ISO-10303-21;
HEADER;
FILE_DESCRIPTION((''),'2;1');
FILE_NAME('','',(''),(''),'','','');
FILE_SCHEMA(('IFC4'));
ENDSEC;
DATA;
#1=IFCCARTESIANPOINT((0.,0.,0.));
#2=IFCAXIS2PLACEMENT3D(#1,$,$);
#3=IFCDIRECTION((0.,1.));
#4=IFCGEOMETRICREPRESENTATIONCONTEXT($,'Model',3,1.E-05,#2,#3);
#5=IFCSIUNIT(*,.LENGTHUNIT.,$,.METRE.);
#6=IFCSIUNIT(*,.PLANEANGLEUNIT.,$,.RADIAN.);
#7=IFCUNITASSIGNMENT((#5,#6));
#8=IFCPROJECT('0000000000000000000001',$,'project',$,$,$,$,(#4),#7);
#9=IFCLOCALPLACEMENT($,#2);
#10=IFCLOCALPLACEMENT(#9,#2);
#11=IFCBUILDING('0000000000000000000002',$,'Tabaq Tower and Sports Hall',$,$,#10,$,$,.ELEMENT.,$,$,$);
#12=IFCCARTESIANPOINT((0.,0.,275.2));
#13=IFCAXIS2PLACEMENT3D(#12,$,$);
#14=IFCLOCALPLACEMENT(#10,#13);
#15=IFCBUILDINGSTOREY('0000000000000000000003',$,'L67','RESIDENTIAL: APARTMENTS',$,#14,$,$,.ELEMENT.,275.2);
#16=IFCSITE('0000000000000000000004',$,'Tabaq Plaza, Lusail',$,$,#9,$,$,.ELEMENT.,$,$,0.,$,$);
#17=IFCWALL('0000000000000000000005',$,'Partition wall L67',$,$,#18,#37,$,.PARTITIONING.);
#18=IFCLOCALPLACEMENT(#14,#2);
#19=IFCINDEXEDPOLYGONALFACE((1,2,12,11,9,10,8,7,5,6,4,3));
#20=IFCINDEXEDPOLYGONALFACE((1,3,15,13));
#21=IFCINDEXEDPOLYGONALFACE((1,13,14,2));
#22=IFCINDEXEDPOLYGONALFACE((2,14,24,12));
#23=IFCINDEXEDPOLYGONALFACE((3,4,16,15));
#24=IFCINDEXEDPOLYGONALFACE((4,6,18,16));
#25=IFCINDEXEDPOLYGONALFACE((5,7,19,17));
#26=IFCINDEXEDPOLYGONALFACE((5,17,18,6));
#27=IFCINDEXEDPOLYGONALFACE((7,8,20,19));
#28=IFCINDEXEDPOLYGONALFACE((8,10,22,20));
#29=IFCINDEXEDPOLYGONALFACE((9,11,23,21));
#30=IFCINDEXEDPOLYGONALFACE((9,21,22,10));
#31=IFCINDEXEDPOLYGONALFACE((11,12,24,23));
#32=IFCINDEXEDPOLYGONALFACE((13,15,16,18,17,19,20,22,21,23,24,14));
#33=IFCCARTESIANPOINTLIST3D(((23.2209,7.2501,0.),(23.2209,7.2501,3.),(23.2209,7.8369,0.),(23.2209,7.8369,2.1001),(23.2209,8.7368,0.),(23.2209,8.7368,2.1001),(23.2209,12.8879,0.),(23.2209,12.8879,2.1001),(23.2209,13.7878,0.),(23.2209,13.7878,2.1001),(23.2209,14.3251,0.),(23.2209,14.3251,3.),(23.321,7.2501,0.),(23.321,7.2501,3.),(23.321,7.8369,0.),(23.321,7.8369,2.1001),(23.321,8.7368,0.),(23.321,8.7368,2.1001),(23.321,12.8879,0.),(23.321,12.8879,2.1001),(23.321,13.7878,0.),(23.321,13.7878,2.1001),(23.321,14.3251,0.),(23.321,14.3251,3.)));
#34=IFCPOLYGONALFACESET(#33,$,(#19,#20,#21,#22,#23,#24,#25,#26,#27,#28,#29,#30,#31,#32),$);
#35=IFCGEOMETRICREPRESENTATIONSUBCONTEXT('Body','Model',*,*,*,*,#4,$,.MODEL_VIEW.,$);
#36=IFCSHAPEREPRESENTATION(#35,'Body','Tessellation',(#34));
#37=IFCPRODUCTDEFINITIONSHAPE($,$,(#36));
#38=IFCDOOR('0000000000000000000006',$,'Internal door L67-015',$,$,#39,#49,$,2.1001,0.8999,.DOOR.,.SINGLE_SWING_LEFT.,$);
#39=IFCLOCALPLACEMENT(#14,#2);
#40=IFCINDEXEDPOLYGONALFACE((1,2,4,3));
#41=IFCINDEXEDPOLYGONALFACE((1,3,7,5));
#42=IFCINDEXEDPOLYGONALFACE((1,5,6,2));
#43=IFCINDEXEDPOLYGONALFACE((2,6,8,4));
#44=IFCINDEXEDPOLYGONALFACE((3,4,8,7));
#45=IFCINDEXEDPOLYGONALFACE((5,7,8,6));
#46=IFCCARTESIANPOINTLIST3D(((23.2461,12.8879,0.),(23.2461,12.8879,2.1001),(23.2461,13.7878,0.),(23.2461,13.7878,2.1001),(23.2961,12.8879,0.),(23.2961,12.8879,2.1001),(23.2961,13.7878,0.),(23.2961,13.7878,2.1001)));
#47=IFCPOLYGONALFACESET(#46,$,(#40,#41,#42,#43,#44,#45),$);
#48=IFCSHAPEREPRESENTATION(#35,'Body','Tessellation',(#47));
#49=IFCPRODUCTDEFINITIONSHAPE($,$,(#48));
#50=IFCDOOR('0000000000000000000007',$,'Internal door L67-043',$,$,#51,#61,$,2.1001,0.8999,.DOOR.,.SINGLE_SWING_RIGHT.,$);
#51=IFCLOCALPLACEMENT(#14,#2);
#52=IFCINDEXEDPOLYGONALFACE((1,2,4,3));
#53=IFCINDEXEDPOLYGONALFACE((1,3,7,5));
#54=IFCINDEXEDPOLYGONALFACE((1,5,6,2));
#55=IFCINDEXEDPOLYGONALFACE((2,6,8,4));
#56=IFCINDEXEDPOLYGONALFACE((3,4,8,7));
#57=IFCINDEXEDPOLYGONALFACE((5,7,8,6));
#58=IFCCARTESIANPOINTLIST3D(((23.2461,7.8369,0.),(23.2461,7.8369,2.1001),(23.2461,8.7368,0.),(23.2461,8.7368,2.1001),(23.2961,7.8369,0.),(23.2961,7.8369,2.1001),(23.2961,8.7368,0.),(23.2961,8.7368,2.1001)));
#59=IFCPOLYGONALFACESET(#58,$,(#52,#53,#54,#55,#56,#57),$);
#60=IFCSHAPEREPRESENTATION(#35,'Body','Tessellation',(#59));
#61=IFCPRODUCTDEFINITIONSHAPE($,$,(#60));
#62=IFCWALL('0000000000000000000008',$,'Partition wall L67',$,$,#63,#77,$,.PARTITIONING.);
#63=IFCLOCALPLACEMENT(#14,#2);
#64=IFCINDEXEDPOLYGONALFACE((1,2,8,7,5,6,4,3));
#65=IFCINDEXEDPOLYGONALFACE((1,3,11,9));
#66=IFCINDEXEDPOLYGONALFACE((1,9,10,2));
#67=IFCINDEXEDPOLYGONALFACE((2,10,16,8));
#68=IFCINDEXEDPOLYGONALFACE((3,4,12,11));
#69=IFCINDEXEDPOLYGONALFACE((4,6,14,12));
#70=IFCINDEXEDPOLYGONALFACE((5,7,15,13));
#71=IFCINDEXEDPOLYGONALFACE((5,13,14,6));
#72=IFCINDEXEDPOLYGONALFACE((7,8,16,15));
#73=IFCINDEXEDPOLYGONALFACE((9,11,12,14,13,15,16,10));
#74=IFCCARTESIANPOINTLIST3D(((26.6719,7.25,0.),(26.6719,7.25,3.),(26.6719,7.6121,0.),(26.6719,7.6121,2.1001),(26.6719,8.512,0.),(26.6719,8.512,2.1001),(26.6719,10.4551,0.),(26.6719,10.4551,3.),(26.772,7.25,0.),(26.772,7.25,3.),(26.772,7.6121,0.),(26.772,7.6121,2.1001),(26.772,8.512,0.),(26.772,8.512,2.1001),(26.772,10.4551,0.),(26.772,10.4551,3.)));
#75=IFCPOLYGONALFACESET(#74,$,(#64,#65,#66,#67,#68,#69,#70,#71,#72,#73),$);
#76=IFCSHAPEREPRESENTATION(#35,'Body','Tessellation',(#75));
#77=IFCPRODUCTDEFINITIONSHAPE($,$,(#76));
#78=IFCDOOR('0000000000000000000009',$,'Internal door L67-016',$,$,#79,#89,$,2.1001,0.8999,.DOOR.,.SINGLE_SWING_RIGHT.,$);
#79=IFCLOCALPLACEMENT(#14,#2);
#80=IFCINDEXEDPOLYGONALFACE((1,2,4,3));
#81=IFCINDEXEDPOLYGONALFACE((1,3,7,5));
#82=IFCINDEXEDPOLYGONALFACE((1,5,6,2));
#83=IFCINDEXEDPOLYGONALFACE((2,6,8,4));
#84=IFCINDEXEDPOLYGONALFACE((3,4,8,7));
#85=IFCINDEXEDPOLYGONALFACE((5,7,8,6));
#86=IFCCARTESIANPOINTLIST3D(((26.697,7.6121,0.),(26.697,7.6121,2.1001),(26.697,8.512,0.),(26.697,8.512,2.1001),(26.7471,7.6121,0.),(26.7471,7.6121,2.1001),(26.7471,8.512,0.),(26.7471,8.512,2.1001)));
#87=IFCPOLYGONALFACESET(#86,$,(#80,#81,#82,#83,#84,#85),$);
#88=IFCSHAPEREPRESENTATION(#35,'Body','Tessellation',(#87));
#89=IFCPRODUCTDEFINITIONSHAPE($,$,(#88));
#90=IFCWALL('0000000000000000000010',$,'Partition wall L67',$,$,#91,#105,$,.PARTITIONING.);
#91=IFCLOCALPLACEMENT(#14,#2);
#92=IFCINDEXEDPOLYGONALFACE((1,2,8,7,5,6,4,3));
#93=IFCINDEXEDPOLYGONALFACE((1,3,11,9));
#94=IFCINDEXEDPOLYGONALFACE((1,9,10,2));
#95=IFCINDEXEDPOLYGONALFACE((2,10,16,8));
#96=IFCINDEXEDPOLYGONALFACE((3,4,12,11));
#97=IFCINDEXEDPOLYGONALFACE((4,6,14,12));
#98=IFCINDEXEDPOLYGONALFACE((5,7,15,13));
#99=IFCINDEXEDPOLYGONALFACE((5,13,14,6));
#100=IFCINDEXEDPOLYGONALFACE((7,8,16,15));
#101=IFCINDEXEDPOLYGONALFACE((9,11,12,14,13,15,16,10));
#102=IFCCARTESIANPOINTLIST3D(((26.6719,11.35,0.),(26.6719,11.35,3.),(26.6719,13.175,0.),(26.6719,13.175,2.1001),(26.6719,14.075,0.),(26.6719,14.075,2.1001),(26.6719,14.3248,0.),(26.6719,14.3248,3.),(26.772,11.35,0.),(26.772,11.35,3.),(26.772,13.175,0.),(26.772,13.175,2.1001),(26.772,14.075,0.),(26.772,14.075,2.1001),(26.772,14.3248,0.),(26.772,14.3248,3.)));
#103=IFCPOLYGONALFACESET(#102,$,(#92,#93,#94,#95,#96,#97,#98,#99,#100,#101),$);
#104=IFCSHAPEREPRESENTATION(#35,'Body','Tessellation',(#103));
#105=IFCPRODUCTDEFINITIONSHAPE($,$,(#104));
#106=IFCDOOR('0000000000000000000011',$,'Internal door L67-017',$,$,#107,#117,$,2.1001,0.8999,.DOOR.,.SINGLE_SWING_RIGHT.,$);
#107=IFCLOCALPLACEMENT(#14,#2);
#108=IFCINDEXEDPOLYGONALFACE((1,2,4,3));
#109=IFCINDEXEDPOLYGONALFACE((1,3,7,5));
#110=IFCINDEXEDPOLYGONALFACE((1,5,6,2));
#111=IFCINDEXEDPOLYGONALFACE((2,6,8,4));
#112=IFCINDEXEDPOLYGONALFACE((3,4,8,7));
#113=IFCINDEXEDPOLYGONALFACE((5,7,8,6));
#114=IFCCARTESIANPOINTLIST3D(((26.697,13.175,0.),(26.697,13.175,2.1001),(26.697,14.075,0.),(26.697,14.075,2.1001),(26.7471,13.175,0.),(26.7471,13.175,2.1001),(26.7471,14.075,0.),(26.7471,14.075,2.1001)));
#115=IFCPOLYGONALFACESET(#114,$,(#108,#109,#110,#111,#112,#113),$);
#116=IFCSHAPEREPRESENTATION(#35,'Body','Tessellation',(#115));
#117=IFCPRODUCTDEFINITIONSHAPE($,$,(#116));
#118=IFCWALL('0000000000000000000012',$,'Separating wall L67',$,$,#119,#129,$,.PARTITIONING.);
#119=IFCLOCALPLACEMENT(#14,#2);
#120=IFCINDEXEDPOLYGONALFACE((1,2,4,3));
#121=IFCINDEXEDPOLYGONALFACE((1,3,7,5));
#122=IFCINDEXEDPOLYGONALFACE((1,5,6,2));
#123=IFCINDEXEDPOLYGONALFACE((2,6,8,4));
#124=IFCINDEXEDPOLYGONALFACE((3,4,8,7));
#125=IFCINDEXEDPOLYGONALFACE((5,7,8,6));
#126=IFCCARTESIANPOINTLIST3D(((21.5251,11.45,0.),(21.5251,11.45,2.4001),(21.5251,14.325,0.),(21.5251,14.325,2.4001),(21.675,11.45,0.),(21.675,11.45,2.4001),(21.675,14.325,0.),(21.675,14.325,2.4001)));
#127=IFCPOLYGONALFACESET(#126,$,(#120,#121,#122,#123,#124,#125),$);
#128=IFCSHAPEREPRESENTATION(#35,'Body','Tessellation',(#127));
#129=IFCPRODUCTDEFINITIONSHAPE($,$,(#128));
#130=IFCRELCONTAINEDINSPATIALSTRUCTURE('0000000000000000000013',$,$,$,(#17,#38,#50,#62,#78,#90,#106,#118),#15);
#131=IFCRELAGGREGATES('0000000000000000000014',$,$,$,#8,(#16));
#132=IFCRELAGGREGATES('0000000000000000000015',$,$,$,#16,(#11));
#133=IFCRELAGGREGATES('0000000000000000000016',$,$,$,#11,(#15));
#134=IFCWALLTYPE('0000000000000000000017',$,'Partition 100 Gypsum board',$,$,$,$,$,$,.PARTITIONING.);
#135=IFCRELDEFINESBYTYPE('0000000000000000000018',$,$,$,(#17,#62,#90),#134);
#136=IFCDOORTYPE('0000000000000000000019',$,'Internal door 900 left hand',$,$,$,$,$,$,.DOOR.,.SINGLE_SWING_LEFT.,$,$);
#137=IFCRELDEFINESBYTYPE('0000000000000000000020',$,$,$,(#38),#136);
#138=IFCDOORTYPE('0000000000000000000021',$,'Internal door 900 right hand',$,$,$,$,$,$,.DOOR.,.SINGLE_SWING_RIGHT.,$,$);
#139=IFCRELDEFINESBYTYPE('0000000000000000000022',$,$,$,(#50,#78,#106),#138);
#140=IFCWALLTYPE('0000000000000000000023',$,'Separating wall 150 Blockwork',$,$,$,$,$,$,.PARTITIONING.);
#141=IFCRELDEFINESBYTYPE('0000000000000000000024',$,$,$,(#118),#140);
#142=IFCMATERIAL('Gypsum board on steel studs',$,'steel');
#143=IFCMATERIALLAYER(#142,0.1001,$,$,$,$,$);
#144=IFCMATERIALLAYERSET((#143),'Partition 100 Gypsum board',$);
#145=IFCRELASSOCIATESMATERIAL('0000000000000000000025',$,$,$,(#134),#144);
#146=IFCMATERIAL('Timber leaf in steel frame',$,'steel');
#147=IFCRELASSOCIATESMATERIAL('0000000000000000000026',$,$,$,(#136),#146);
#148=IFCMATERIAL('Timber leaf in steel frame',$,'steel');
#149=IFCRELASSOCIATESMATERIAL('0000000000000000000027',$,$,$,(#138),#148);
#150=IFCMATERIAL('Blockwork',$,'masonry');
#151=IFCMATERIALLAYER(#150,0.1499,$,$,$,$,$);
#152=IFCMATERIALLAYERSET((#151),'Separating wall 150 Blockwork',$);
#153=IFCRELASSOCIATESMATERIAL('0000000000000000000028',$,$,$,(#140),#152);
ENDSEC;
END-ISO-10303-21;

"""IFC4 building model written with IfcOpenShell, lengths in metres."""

from ifc_helpers import new_model, si_unit, direction, frame, frame_2d, origin, place, context, subcontext, project, spatial, rectangle, extrude, material, layer, layer_set, type_object, element, fill, save


model = new_model("IFC4")

# Units and contexts
model_context = context("Model", 3, precision=1e-05, world=origin(), true_north=direction((0.0, 1.0)))
body_context = subcontext(model_context, "Body", "Model", "MODEL_VIEW")
ifc_project = project(units=[si_unit("LENGTHUNIT", "METRE"), si_unit("PLANEANGLEUNIT", "RADIAN")], contexts=[model_context])

# Site, building, storey
site_placement = place(None, origin())
site = spatial("IfcSite", under=ifc_project, at=site_placement, Name="Tabaq Plaza, Lusail", CompositionType="ELEMENT", RefElevation=0.0)
building_placement = place(site_placement, origin())
building = spatial("IfcBuilding", under=site, at=building_placement, Name="Tabaq Tower and Sports Hall", CompositionType="ELEMENT")
storey_placement = place(building_placement, frame((0.0, 0.0, 275.2)))
storey = spatial("IfcBuildingStorey", under=building, at=storey_placement, Name="L67", Description="RESIDENTIAL: APARTMENTS", CompositionType="ELEMENT", Elevation=275.2)

# Shared definitions
ifc_material_1 = material(Name="Gypsum board on steel studs", Category="steel")
ifc_layer_1 = layer(ifc_material_1, 0.1001)
ifc_layer_set_1 = layer_set([ifc_layer_1], Name="Partition 100 Gypsum board")
wall_type_1 = type_object("IfcWallType", Name="Partition 100 Gypsum board", PredefinedType="PARTITIONING", material=ifc_layer_set_1)
ifc_material_2 = material(Name="Timber leaf in steel frame", Category="steel")
door_type_1 = type_object("IfcDoorType", Name="Internal door 900 left hand", OperationType="SINGLE_SWING_LEFT", PredefinedType="DOOR", material=ifc_material_2)
ifc_material_3 = material(Name="Timber leaf in steel frame", Category="steel")
door_type_2 = type_object("IfcDoorType", Name="Internal door 900 right hand", OperationType="SINGLE_SWING_RIGHT", PredefinedType="DOOR", material=ifc_material_3)

# Wall, openings, doors
wall_1_placement = place(storey_placement, frame((23.271, 7.25, 0.0), z_axis=(0.0, 0.0, 1.0), x_axis=(0.0, 1.0, 0.0)))
wall_1 = element("IfcWall", 1, at=wall_1_placement, inside=storey, type_object=wall_type_1, Name="Partition wall L67", PredefinedType="PARTITIONING", context=body_context, shape_type="SweptSolid", body=[
    extrude(rectangle(XDim=7.075, YDim=0.1001, at=frame_2d((3.5376, 0.0))), origin(), (0.0, 0.0, 1.0), 3.0),
])
opening_1_placement = place(wall_1_placement, frame((5.6379, 0.0, 0.0)))
opening_1 = element("IfcOpeningElement", 2, at=opening_1_placement, cuts=wall_1, PredefinedType="OPENING", context=body_context, shape_type="SweptSolid", body=[
    extrude(rectangle(XDim=0.8999, YDim=2.1001, at=frame_2d((0.45, 1.05))), frame((0.0, 0.05, 0.0), z_axis=(0.0, -1.0, 0.0), x_axis=(1.0, 0.0, 0.0)), (0.0, 0.0, 1.0), 0.1001),
])
opening_2_placement = place(wall_1_placement, frame((0.5869, 0.0, 0.0)))
opening_2 = element("IfcOpeningElement", 3, at=opening_2_placement, cuts=wall_1, PredefinedType="OPENING", context=body_context, shape_type="SweptSolid", body=[
    extrude(rectangle(XDim=0.8999, YDim=2.1001, at=frame_2d((0.45, 1.05))), frame((0.0, 0.05, 0.0), z_axis=(0.0, -1.0, 0.0), x_axis=(1.0, 0.0, 0.0)), (0.0, 0.0, 1.0), 0.1001),
])
door_1_placement = place(opening_1_placement, origin())
door_1 = element("IfcDoor", 4, at=door_1_placement, inside=storey, type_object=door_type_1, Name="Internal door L67-015", OperationType="SINGLE_SWING_LEFT", OverallHeight=2.1001, OverallWidth=0.8999, PredefinedType="DOOR", context=body_context, shape_type="SweptSolid", body=[
    extrude(rectangle(XDim=0.8999, YDim=2.1001, at=frame_2d((0.45, 1.05))), frame((0.0, 0.0249, 0.0), z_axis=(0.0, -1.0, 0.0), x_axis=(1.0, 0.0, 0.0)), (0.0, 0.0, 1.0), 0.05),
])
fill(opening_1, door_1)
door_2_placement = place(opening_2_placement, origin())
door_2 = element("IfcDoor", 5, at=door_2_placement, inside=storey, type_object=door_type_2, Name="Internal door L67-043", OperationType="SINGLE_SWING_RIGHT", OverallHeight=2.1001, OverallWidth=0.8999, PredefinedType="DOOR", context=body_context, shape_type="SweptSolid", body=[
    extrude(rectangle(XDim=0.8999, YDim=2.1001, at=frame_2d((0.45, 1.05))), frame((0.0, 0.0249, 0.0), z_axis=(0.0, -1.0, 0.0), x_axis=(1.0, 0.0, 0.0)), (0.0, 0.0, 1.0), 0.05),
])
fill(opening_2, door_2)

# Walls, openings, doors
wall_2_placement = place(storey_placement, frame((26.7219, 7.25, 0.0), z_axis=(0.0, 0.0, 1.0), x_axis=(0.0, 1.0, 0.0)))
wall_2 = element("IfcWall", 6, at=wall_2_placement, inside=storey, type_object=wall_type_1, Name="Partition wall L67", PredefinedType="PARTITIONING", context=body_context, shape_type="SweptSolid", body=[
    extrude(rectangle(XDim=3.2051, YDim=0.1001, at=frame_2d((1.6025, 0.0))), origin(), (0.0, 0.0, 1.0), 3.0),
])
opening_3_placement = place(wall_2_placement, frame((0.3621, 0.0, 0.0)))
opening_3 = element("IfcOpeningElement", 7, at=opening_3_placement, cuts=wall_2, PredefinedType="OPENING", context=body_context, shape_type="SweptSolid", body=[
    extrude(rectangle(XDim=0.8999, YDim=2.1001, at=frame_2d((0.45, 1.05))), frame((0.0, 0.05, 0.0), z_axis=(0.0, -1.0, 0.0), x_axis=(1.0, 0.0, 0.0)), (0.0, 0.0, 1.0), 0.1001),
])
door_3_placement = place(opening_3_placement, origin())
door_3 = element("IfcDoor", 8, at=door_3_placement, inside=storey, type_object=door_type_2, Name="Internal door L67-016", OperationType="SINGLE_SWING_RIGHT", OverallHeight=2.1001, OverallWidth=0.8999, PredefinedType="DOOR", context=body_context, shape_type="SweptSolid", body=[
    extrude(rectangle(XDim=0.8999, YDim=2.1001, at=frame_2d((0.45, 1.05))), frame((0.0, 0.0249, 0.0), z_axis=(0.0, -1.0, 0.0), x_axis=(1.0, 0.0, 0.0)), (0.0, 0.0, 1.0), 0.05),
])
fill(opening_3, door_3)
wall_3_placement = place(storey_placement, frame((26.7219, 11.3501, 0.0), z_axis=(0.0, 0.0, 1.0), x_axis=(0.0, 1.0, 0.0)))
wall_3 = element("IfcWall", 9, at=wall_3_placement, inside=storey, type_object=wall_type_1, Name="Partition wall L67", PredefinedType="PARTITIONING", context=body_context, shape_type="SweptSolid", body=[
    extrude(rectangle(XDim=2.9749, YDim=0.1001, at=frame_2d((1.4873, 0.0))), origin(), (0.0, 0.0, 1.0), 3.0),
])
opening_4_placement = place(wall_3_placement, frame((1.825, 0.0, 0.0)))
opening_4 = element("IfcOpeningElement", 10, at=opening_4_placement, cuts=wall_3, PredefinedType="OPENING", context=body_context, shape_type="SweptSolid", body=[
    extrude(rectangle(XDim=0.8999, YDim=2.1001, at=frame_2d((0.45, 1.05))), frame((0.0, 0.05, 0.0), z_axis=(0.0, -1.0, 0.0), x_axis=(1.0, 0.0, 0.0)), (0.0, 0.0, 1.0), 0.1001),
])
door_4_placement = place(opening_4_placement, origin())
door_4 = element("IfcDoor", 11, at=door_4_placement, inside=storey, type_object=door_type_2, Name="Internal door L67-017", OperationType="SINGLE_SWING_RIGHT", OverallHeight=2.1001, OverallWidth=0.8999, PredefinedType="DOOR", context=body_context, shape_type="SweptSolid", body=[
    extrude(rectangle(XDim=0.8999, YDim=2.1001, at=frame_2d((0.45, 1.05))), frame((0.0, 0.0249, 0.0), z_axis=(0.0, -1.0, 0.0), x_axis=(1.0, 0.0, 0.0)), (0.0, 0.0, 1.0), 0.05),
])
fill(opening_4, door_4)

# Wall
ifc_material_4 = material(Name="Blockwork", Category="masonry")
ifc_layer_2 = layer(ifc_material_4, 0.1499)
ifc_layer_set_2 = layer_set([ifc_layer_2], Name="Separating wall 150 Blockwork")
wall_type_2 = type_object("IfcWallType", Name="Separating wall 150 Blockwork", PredefinedType="PARTITIONING", material=ifc_layer_set_2)
wall_4_placement = place(storey_placement, frame((21.6001, 11.45, 0.0), z_axis=(0.0, 0.0, 1.0), x_axis=(0.0, 1.0, 0.0)))
element("IfcWall", 12, at=wall_4_placement, inside=storey, type_object=wall_type_2, Name="Separating wall L67", PredefinedType="PARTITIONING", context=body_context, shape_type="SweptSolid", body=[
    extrude(rectangle(XDim=2.875, YDim=0.1499, at=frame_2d((1.4375, 0.0))), origin(), (0.0, 0.0, 1.0), 2.4001),
])

save(model, "model.ifc")
